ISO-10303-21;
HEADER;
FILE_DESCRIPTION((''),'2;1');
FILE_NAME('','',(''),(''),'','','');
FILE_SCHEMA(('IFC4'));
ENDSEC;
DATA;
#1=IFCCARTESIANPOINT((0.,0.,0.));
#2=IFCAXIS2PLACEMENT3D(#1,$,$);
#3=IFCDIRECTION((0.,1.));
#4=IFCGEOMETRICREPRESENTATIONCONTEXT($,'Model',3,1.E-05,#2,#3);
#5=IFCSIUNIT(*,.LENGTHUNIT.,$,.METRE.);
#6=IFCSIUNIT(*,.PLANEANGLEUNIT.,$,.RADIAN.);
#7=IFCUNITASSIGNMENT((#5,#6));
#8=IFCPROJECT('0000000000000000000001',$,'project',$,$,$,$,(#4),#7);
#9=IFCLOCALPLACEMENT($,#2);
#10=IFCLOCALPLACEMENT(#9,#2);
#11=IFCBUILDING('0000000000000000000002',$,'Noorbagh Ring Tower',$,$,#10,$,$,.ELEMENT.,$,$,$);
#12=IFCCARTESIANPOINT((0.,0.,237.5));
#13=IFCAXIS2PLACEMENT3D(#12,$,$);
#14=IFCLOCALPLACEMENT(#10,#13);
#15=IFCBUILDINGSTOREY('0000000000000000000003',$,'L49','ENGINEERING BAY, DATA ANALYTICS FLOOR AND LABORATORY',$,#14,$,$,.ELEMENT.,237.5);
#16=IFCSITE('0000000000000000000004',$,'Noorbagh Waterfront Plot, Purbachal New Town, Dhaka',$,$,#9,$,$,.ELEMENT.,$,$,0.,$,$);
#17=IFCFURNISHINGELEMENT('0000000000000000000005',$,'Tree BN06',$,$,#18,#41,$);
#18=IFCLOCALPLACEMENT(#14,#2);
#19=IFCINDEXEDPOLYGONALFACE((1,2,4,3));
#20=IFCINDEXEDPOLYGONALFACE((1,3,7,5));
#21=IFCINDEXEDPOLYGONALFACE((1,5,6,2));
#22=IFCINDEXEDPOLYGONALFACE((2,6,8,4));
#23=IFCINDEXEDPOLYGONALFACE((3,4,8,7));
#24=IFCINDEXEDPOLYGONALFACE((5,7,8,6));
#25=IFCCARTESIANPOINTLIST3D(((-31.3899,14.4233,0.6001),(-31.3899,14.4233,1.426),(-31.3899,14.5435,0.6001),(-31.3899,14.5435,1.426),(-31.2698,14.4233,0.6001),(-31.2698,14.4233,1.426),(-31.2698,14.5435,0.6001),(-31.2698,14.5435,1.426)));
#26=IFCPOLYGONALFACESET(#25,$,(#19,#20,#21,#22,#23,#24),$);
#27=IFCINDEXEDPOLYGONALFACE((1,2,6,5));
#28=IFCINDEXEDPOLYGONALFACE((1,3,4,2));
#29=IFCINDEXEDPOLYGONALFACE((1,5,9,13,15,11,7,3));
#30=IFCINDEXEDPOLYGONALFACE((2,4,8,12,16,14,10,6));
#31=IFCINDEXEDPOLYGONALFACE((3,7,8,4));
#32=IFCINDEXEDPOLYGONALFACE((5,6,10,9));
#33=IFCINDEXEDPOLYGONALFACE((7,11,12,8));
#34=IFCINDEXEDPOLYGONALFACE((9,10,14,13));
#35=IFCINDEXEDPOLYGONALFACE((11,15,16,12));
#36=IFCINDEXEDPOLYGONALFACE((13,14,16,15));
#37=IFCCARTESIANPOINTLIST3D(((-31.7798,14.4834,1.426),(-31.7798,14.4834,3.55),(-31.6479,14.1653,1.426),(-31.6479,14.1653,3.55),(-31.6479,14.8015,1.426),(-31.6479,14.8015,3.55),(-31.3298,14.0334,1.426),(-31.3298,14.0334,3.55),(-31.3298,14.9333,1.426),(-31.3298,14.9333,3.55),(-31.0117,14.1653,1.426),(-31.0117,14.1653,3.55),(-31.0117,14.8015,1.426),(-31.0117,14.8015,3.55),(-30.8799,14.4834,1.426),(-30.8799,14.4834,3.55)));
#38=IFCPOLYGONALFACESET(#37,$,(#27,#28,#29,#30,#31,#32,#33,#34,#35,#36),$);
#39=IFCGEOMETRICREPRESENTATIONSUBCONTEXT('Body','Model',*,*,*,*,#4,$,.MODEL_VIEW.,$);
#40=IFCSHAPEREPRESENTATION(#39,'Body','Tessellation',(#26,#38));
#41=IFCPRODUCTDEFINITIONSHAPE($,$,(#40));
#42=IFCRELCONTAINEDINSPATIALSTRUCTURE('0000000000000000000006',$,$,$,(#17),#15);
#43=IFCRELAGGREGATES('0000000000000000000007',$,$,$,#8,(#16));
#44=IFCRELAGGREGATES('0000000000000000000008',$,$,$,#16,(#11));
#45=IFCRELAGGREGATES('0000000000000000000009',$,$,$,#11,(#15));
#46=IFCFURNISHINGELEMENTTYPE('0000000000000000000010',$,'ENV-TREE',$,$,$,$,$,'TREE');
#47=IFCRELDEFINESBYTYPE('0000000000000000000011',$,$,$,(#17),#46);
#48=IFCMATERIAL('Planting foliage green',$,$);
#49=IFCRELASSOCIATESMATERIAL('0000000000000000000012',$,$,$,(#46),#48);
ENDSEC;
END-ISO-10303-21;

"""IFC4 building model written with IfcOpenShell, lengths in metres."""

from ifc_helpers import new_model, si_unit, direction, frame, origin, origin_2d, place, context, subcontext, project, spatial, polyline, rectangle, outline, extrude, material, type_object, element, save


model = new_model("IFC4")

# Units and contexts
model_context = context("Model", 3, precision=1e-05, world=origin(), true_north=direction((0.0, 1.0)))
body_context = subcontext(model_context, "Body", "Model", "MODEL_VIEW")
ifc_project = project(units=[si_unit("LENGTHUNIT", "METRE"), si_unit("PLANEANGLEUNIT", "RADIAN")], contexts=[model_context])

# Site, building, storey
site_placement = place(None, origin())
site = spatial("IfcSite", under=ifc_project, at=site_placement, Name="Noorbagh Waterfront Plot, Purbachal New Town, Dhaka", CompositionType="ELEMENT", RefElevation=0.0)
building_placement = place(site_placement, origin())
building = spatial("IfcBuilding", under=site, at=building_placement, Name="Noorbagh Ring Tower", CompositionType="ELEMENT")
storey_placement = place(building_placement, frame((0.0, 0.0, 237.5)))
storey = spatial("IfcBuildingStorey", under=building, at=storey_placement, Name="L49", Description="ENGINEERING BAY, DATA ANALYTICS FLOOR AND LABORATORY", CompositionType="ELEMENT", Elevation=237.5)

# Furnishing element
ifc_material_1 = material(Name="Planting foliage green")
furnishing_element_type = type_object("IfcFurnishingElementType", Name="ENV-TREE", ElementType="TREE", material=ifc_material_1)
furnishing_placement = place(storey_placement, frame((-31.3298, 14.4834, 0.6001), z_axis=(0.0, 0.0, 1.0), x_axis=(1.0, 0.0, 0.0)))
element("IfcFurnishingElement", 1, at=furnishing_placement, inside=storey, type_object=furnishing_element_type, Name="Tree BN06", context=body_context, shape_type="SweptSolid", body=[
    extrude(rectangle(XDim=0.1201, YDim=0.1201, at=origin_2d()), origin(), (0.0, 0.0, 1.0), 0.8259),
    extrude(outline(polyline([(0.45, 0.0), (0.3181, 0.3181), (0.0, 0.45), (-0.3181, 0.3181), (-0.45, 0.0), (-0.3181, -0.3181), (0.0, -0.45), (0.3181, -0.3181), (0.45, 0.0)])), frame((0.0, 0.0, 0.8259)), (0.0, 0.0, 1.0), 2.124),
])

save(model, "model.ifc")
